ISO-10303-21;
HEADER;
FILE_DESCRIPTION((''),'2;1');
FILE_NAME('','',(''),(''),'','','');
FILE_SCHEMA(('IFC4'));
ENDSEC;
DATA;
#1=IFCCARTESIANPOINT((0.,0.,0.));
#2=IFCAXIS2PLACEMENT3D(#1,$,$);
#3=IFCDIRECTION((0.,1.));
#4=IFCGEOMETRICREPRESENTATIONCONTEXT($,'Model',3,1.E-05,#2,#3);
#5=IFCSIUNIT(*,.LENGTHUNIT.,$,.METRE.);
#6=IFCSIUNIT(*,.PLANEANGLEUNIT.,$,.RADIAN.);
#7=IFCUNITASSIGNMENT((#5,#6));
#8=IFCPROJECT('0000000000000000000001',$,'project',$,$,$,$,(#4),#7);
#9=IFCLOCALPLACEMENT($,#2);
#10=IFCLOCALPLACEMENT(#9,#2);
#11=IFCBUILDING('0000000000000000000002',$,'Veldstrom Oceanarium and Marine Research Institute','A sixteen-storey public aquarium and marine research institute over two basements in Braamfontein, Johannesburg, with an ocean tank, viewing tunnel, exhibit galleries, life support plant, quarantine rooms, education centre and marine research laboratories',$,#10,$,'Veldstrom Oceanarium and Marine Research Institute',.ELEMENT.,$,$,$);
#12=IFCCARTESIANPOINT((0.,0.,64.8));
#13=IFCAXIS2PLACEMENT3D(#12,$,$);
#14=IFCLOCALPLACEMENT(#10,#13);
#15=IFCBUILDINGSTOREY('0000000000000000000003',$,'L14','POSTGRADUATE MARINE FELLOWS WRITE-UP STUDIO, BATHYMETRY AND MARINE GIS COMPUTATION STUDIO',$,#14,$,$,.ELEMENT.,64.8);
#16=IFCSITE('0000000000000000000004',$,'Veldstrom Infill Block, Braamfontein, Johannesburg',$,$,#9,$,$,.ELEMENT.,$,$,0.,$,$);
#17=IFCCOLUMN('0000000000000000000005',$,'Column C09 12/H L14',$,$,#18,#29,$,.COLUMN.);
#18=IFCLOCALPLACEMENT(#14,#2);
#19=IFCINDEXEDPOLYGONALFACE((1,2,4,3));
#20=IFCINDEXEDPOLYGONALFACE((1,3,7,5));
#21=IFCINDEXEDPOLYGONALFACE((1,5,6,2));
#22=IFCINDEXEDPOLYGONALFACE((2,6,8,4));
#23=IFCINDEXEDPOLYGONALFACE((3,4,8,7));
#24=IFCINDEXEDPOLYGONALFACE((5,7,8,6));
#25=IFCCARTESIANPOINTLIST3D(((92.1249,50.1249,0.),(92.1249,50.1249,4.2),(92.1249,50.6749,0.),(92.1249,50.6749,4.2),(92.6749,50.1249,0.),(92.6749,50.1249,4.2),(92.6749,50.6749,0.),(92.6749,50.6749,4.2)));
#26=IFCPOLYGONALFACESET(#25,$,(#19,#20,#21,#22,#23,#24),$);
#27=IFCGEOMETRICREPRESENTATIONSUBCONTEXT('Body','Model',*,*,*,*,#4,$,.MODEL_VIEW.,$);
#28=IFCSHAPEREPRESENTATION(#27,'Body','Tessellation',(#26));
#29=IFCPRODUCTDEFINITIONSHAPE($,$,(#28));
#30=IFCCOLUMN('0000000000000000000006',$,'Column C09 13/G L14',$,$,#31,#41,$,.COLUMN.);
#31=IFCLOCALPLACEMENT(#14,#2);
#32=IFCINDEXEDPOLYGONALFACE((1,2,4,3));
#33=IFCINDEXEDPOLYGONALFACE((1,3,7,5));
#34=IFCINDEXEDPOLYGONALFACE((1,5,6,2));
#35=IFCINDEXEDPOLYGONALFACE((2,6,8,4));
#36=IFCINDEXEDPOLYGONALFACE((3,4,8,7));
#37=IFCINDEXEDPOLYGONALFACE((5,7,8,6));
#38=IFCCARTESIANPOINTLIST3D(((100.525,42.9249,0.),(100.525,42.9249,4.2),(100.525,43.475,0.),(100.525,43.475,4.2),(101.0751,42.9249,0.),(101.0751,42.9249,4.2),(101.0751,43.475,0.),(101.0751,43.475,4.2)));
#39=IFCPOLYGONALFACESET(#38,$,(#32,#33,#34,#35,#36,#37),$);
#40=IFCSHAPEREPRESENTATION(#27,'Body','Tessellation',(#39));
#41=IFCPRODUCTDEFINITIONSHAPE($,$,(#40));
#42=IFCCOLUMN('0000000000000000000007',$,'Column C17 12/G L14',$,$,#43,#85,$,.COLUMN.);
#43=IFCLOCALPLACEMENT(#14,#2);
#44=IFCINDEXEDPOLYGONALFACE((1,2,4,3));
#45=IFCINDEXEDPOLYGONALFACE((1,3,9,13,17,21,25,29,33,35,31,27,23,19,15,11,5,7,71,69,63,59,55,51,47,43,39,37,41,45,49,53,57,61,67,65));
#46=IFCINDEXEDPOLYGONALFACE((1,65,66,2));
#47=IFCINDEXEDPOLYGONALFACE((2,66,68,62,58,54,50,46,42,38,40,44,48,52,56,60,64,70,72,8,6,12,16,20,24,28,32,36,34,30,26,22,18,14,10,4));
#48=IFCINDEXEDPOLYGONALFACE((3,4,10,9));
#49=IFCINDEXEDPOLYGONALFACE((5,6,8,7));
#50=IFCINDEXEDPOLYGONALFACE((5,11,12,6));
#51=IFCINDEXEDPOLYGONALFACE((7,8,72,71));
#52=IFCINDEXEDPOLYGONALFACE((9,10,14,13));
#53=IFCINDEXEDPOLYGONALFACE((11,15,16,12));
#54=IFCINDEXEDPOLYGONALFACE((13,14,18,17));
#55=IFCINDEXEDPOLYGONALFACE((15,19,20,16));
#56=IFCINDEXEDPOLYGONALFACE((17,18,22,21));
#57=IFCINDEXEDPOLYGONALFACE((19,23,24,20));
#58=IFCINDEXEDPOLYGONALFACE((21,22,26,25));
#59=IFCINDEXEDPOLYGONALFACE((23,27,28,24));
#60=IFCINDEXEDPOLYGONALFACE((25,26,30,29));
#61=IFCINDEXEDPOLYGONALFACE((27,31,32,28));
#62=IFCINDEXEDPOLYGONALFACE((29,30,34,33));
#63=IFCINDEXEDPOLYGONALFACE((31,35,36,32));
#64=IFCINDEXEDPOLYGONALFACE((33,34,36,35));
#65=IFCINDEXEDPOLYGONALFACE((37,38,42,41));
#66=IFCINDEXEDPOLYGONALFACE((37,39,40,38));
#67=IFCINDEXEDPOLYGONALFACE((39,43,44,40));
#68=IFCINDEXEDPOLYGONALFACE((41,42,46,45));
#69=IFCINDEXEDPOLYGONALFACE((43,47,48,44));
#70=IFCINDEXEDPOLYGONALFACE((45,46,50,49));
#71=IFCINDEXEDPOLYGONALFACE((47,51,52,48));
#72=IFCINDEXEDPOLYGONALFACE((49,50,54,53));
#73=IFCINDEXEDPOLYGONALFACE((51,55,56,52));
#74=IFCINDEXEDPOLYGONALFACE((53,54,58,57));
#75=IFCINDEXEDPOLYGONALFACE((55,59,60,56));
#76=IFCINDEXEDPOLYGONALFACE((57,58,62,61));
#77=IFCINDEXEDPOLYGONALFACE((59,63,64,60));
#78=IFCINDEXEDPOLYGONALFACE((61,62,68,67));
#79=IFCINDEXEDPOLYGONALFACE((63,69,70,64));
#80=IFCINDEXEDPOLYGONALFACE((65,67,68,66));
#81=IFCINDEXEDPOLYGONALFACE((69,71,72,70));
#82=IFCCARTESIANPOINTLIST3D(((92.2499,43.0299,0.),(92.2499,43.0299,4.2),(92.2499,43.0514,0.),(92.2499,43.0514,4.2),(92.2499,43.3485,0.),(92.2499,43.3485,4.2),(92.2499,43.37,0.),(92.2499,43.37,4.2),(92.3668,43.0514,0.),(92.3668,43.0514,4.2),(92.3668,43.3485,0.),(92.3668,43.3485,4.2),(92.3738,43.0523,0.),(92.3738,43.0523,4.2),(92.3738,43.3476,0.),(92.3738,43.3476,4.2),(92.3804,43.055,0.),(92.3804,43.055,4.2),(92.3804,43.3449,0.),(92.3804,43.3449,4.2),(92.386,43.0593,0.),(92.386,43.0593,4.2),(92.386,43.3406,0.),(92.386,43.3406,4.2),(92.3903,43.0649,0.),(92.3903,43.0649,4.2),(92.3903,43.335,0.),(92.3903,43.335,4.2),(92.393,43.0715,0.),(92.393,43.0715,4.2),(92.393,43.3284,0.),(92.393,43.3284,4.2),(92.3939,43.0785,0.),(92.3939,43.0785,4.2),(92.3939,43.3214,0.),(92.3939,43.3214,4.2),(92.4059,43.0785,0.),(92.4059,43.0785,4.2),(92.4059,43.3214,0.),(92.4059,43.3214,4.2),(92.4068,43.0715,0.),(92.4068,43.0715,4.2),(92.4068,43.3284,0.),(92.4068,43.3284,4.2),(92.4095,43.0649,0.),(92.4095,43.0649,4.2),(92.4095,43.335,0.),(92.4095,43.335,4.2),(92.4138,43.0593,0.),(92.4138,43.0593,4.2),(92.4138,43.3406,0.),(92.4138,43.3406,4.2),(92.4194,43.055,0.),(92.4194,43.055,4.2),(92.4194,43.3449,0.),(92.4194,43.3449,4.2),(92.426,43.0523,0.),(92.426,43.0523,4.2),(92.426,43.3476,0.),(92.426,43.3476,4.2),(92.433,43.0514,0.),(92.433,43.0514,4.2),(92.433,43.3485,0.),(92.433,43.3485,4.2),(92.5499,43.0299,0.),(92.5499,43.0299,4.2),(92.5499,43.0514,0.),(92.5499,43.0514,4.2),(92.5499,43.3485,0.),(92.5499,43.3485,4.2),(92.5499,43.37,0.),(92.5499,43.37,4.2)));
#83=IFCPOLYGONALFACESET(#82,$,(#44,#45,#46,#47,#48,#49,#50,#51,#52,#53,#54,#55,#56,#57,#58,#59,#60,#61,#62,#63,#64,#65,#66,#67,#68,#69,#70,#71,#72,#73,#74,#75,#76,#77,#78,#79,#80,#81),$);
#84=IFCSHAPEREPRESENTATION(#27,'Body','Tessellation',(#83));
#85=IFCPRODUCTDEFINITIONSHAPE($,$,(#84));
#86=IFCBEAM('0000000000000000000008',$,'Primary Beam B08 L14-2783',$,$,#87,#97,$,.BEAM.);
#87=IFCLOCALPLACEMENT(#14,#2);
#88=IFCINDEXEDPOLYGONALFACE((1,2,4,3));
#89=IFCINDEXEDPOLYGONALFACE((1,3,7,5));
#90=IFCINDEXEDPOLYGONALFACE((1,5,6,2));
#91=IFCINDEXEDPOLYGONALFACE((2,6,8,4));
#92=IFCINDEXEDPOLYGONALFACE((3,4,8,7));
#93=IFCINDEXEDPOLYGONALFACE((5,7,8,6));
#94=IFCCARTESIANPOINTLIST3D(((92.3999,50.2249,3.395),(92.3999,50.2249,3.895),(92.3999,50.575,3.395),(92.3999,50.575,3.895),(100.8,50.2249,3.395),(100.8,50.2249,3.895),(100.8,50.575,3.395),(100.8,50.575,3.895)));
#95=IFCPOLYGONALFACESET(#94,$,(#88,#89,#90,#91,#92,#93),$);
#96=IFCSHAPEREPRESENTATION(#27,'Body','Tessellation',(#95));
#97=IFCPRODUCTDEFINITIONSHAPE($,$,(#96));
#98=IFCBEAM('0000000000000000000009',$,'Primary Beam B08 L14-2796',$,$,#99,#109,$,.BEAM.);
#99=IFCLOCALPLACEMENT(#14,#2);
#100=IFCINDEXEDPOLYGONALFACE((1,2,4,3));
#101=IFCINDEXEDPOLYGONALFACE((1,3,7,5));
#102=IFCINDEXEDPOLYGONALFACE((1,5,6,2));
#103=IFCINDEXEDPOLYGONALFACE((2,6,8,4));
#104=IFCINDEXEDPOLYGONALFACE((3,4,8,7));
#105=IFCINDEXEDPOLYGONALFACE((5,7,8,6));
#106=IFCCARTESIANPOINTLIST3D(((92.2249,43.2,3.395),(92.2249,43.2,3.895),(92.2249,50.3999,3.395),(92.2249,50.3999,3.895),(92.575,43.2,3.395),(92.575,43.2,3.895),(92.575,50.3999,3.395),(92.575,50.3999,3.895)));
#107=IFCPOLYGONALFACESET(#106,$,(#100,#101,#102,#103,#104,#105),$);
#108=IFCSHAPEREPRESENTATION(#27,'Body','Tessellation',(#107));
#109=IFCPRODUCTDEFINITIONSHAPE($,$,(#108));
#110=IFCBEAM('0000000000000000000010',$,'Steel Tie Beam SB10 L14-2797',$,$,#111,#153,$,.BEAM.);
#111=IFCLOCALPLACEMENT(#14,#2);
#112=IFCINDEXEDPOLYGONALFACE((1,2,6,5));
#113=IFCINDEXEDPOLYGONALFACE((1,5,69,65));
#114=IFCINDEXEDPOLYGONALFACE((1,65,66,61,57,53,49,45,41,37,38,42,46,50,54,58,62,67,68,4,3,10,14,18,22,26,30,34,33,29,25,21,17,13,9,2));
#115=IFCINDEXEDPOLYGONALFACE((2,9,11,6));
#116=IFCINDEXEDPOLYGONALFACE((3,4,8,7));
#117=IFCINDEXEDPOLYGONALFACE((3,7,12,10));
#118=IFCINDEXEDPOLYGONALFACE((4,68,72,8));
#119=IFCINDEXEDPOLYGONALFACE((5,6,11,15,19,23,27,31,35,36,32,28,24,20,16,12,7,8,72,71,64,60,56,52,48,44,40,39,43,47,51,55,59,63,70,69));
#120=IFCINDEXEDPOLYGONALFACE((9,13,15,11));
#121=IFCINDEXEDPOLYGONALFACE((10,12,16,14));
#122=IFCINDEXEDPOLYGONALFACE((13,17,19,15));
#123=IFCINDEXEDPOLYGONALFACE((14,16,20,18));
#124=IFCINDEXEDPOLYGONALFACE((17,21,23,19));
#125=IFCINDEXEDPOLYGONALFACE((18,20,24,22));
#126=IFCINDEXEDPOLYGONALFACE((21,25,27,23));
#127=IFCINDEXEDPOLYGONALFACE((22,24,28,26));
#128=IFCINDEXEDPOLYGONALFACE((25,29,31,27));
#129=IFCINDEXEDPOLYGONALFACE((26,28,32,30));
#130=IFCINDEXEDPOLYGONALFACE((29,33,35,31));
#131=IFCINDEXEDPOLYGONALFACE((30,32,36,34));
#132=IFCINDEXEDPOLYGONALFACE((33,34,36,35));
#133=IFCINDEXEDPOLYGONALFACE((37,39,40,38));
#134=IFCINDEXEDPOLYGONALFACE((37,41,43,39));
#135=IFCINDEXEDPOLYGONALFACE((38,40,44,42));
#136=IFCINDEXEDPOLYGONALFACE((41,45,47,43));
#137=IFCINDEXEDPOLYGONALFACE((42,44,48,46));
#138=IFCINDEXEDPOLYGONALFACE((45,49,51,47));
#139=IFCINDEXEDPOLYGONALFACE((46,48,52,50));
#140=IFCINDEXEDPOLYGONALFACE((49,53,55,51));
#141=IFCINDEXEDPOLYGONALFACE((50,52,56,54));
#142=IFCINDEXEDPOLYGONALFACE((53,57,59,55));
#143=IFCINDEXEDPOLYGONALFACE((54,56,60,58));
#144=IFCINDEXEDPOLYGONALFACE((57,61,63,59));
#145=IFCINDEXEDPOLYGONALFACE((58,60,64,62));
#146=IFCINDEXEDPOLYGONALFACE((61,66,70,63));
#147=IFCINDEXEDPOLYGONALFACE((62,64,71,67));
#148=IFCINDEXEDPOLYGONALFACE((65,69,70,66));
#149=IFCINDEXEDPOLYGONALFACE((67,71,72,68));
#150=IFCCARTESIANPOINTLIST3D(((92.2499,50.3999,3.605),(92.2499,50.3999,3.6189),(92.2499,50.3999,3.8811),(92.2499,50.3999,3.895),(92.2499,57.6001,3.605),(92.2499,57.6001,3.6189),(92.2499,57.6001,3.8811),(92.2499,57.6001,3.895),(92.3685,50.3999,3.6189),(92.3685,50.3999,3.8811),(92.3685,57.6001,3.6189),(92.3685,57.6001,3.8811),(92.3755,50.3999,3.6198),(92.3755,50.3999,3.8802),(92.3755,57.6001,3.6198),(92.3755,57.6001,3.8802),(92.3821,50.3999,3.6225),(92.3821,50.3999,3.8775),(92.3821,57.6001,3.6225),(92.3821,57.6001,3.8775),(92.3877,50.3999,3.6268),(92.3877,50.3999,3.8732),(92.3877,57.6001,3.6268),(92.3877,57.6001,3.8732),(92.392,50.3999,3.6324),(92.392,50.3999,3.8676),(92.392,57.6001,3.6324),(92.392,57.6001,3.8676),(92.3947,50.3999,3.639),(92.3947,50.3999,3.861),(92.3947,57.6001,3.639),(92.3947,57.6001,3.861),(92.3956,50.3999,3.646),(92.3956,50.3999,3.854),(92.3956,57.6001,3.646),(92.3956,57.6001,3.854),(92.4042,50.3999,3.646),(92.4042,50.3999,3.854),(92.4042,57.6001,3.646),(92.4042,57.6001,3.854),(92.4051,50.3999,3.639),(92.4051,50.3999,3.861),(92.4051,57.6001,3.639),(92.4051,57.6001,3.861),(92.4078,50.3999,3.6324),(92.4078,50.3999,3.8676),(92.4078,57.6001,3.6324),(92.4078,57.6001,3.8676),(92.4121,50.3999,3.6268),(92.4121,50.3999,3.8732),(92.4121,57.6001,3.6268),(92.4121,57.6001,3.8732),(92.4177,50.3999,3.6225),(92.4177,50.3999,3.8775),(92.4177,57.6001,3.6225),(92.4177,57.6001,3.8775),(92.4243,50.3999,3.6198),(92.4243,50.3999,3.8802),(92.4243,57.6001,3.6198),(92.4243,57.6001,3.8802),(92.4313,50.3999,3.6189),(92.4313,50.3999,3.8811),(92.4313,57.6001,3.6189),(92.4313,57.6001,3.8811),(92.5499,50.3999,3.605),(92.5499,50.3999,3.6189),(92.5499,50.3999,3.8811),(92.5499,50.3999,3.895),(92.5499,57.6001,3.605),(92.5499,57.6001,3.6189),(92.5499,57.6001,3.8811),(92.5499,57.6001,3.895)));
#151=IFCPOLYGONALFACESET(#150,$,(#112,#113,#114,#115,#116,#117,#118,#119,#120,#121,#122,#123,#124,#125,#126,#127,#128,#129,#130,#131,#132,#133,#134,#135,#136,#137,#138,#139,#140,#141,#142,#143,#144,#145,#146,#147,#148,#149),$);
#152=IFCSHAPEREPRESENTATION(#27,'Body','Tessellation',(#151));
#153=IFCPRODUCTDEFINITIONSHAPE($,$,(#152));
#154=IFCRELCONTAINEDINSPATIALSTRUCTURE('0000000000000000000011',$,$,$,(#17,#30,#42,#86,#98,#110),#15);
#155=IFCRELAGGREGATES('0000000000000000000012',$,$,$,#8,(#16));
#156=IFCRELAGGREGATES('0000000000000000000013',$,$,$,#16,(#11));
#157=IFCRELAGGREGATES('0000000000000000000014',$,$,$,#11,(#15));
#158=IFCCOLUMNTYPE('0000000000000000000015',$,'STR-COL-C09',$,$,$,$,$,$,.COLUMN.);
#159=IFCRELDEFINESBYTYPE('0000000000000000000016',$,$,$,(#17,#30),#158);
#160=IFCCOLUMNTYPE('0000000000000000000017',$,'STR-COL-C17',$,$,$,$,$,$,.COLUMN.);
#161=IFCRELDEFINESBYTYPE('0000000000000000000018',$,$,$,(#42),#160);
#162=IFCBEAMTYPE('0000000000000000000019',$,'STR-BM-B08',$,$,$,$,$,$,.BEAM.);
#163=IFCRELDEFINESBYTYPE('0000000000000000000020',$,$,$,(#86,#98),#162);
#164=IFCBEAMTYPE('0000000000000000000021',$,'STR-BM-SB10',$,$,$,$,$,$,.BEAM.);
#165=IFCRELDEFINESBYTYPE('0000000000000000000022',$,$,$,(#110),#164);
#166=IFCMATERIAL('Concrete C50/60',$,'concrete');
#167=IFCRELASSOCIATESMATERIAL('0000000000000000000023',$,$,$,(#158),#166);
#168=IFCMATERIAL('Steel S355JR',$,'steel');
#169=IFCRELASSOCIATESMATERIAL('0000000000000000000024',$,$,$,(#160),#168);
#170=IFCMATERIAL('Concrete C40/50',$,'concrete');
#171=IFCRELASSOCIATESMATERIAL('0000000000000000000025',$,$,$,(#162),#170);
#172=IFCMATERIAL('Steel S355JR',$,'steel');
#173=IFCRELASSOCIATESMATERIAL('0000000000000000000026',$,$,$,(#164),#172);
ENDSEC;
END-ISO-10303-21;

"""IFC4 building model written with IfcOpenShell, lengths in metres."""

from ifc_helpers import new_model, si_unit, direction, frame, origin, origin_2d, place, context, subcontext, project, spatial, rectangle, i_section, extrude, material, material_profile, profile_set, type_object, element, save


model = new_model("IFC4")

# Units and contexts
model_context = context("Model", 3, precision=1e-05, world=origin(), true_north=direction((0.0, 1.0)))
body_context = subcontext(model_context, "Body", "Model", "MODEL_VIEW")
ifc_project = project(units=[si_unit("LENGTHUNIT", "METRE"), si_unit("PLANEANGLEUNIT", "RADIAN")], contexts=[model_context])

# Site, building, storey
site_placement = place(None, origin())
site = spatial("IfcSite", under=ifc_project, at=site_placement, Name="Veldstrom Infill Block, Braamfontein, Johannesburg", CompositionType="ELEMENT", RefElevation=0.0)
building_placement = place(site_placement, origin())
building = spatial("IfcBuilding", under=site, at=building_placement, Name="Veldstrom Oceanarium and Marine Research Institute", Description="A sixteen-storey public aquarium and marine research institute over two basements in Braamfontein, Johannesburg, with an ocean tank, viewing tunnel, exhibit galleries, life support plant, quarantine rooms, education centre and marine research laboratories", LongName="Veldstrom Oceanarium and Marine Research Institute", CompositionType="ELEMENT")
storey_placement = place(building_placement, frame((0.0, 0.0, 64.8)))
storey = spatial("IfcBuildingStorey", under=building, at=storey_placement, Name="L14", Description="POSTGRADUATE MARINE FELLOWS WRITE-UP STUDIO, BATHYMETRY AND MARINE GIS COMPUTATION STUDIO", CompositionType="ELEMENT", Elevation=64.8)

# Columns
ifc_material_1 = material(Name="Concrete C50/60", Category="concrete")
ifc_material_profile_1 = material_profile(ifc_material_1, rectangle(XDim=0.55, YDim=0.55, at=origin_2d()), Name="RC-COL-550x550")
ifc_profile_set_1 = profile_set([ifc_material_profile_1], Name="Concrete C50/60")
column_type_1 = type_object("IfcColumnType", Name="STR-COL-C09", PredefinedType="COLUMN", material=ifc_profile_set_1)
for number, where, z_axis, x_axis, name in (
    (1, (92.3999, 50.3999, 0.0), (0.0, 0.0, 1.0), (1.0, 0.0, 0.0), "Column C09 12/H L14"),
    (2, (100.8, 43.2, 0.0), (0.0, 0.0, 1.0), (1.0, 0.0, 0.0), "Column C09 13/G L14"),
):
    element("IfcColumn", number, at=place(storey_placement, frame(where, z_axis=z_axis, x_axis=x_axis)), inside=storey, type_object=column_type_1, Name=name, PredefinedType="COLUMN", context=body_context, shape_type="SweptSolid", body=[
        extrude(rectangle(XDim=0.55, YDim=0.55, at=origin_2d()), origin(), (0.0, 0.0, 1.0), 4.2),
    ])
ifc_material_2 = material(Name="Steel S355JR", Category="steel")
ifc_material_profile_2 = material_profile(ifc_material_2, i_section(OverallWidth=0.3, OverallDepth=0.3401, WebThickness=0.012, FlangeThickness=0.0215, FilletRadius=0.0271, at=origin_2d()), Name="HEB 340")
ifc_profile_set_2 = profile_set([ifc_material_profile_2], Name="Steel S355JR")
column_type_2 = type_object("IfcColumnType", Name="STR-COL-C17", PredefinedType="COLUMN", material=ifc_profile_set_2)
column_placement = place(storey_placement, frame((92.3999, 43.2, 0.0), z_axis=(0.0, 0.0, 1.0), x_axis=(1.0, 0.0, 0.0)))
element("IfcColumn", 3, at=column_placement, inside=storey, type_object=column_type_2, Name="Column C17 12/G L14", PredefinedType="COLUMN", context=body_context, shape_type="SweptSolid", body=[
    extrude(i_section(OverallWidth=0.3, OverallDepth=0.3401, WebThickness=0.012, FlangeThickness=0.0215, FilletRadius=0.0271, at=origin_2d()), origin(), (0.0, 0.0, 1.0), 4.2),
])

# Beams
ifc_material_3 = material(Name="Concrete C40/50", Category="concrete")
ifc_material_profile_3 = material_profile(ifc_material_3, rectangle(XDim=0.3501, YDim=0.5, at=origin_2d()), Name="RC-BM-350x500")
ifc_profile_set_3 = profile_set([ifc_material_profile_3], Name="Concrete C40/50")
beam_type_1 = type_object("IfcBeamType", Name="STR-BM-B08", PredefinedType="BEAM", material=ifc_profile_set_3)
beam_1_placement = place(storey_placement, frame((92.3999, 50.3999, 3.645), z_axis=(1.0, 0.0, 0.0), x_axis=(0.0, 1.0, 0.0)))
element("IfcBeam", 4, at=beam_1_placement, inside=storey, type_object=beam_type_1, Name="Primary Beam B08 L14-2783", PredefinedType="BEAM", context=body_context, shape_type="SweptSolid", body=[
    extrude(rectangle(XDim=0.3501, YDim=0.5, at=origin_2d()), origin(), (0.0, 0.0, 1.0), 8.4001),
])
beam_2_placement = place(storey_placement, frame((92.3999, 43.2, 3.645), z_axis=(0.0, 1.0, 0.0), x_axis=(-1.0, 0.0, 0.0)))
element("IfcBeam", 5, at=beam_2_placement, inside=storey, type_object=beam_type_1, Name="Primary Beam B08 L14-2796", PredefinedType="BEAM", context=body_context, shape_type="SweptSolid", body=[
    extrude(rectangle(XDim=0.3501, YDim=0.5, at=origin_2d()), origin(), (0.0, 0.0, 1.0), 7.2),
])
ifc_material_4 = material(Name="Steel S355JR", Category="steel")
ifc_material_profile_4 = material_profile(ifc_material_4, i_section(OverallWidth=0.3, OverallDepth=0.29, WebThickness=0.0085, FlangeThickness=0.0139, FilletRadius=0.0271, at=origin_2d()), Name="HEA 300")
ifc_profile_set_4 = profile_set([ifc_material_profile_4], Name="Steel S355JR")
beam_type_2 = type_object("IfcBeamType", Name="STR-BM-SB10", PredefinedType="BEAM", material=ifc_profile_set_4)
beam_3_placement = place(storey_placement, frame((92.3999, 50.3999, 3.75), z_axis=(0.0, 1.0, 0.0), x_axis=(-1.0, 0.0, 0.0)))
element("IfcBeam", 6, at=beam_3_placement, inside=storey, type_object=beam_type_2, Name="Steel Tie Beam SB10 L14-2797", PredefinedType="BEAM", context=body_context, shape_type="SweptSolid", body=[
    extrude(i_section(OverallWidth=0.3, OverallDepth=0.29, WebThickness=0.0085, FlangeThickness=0.0139, FilletRadius=0.0271, at=origin_2d()), origin(), (0.0, 0.0, 1.0), 7.2002),
])

save(model, "model.ifc")
